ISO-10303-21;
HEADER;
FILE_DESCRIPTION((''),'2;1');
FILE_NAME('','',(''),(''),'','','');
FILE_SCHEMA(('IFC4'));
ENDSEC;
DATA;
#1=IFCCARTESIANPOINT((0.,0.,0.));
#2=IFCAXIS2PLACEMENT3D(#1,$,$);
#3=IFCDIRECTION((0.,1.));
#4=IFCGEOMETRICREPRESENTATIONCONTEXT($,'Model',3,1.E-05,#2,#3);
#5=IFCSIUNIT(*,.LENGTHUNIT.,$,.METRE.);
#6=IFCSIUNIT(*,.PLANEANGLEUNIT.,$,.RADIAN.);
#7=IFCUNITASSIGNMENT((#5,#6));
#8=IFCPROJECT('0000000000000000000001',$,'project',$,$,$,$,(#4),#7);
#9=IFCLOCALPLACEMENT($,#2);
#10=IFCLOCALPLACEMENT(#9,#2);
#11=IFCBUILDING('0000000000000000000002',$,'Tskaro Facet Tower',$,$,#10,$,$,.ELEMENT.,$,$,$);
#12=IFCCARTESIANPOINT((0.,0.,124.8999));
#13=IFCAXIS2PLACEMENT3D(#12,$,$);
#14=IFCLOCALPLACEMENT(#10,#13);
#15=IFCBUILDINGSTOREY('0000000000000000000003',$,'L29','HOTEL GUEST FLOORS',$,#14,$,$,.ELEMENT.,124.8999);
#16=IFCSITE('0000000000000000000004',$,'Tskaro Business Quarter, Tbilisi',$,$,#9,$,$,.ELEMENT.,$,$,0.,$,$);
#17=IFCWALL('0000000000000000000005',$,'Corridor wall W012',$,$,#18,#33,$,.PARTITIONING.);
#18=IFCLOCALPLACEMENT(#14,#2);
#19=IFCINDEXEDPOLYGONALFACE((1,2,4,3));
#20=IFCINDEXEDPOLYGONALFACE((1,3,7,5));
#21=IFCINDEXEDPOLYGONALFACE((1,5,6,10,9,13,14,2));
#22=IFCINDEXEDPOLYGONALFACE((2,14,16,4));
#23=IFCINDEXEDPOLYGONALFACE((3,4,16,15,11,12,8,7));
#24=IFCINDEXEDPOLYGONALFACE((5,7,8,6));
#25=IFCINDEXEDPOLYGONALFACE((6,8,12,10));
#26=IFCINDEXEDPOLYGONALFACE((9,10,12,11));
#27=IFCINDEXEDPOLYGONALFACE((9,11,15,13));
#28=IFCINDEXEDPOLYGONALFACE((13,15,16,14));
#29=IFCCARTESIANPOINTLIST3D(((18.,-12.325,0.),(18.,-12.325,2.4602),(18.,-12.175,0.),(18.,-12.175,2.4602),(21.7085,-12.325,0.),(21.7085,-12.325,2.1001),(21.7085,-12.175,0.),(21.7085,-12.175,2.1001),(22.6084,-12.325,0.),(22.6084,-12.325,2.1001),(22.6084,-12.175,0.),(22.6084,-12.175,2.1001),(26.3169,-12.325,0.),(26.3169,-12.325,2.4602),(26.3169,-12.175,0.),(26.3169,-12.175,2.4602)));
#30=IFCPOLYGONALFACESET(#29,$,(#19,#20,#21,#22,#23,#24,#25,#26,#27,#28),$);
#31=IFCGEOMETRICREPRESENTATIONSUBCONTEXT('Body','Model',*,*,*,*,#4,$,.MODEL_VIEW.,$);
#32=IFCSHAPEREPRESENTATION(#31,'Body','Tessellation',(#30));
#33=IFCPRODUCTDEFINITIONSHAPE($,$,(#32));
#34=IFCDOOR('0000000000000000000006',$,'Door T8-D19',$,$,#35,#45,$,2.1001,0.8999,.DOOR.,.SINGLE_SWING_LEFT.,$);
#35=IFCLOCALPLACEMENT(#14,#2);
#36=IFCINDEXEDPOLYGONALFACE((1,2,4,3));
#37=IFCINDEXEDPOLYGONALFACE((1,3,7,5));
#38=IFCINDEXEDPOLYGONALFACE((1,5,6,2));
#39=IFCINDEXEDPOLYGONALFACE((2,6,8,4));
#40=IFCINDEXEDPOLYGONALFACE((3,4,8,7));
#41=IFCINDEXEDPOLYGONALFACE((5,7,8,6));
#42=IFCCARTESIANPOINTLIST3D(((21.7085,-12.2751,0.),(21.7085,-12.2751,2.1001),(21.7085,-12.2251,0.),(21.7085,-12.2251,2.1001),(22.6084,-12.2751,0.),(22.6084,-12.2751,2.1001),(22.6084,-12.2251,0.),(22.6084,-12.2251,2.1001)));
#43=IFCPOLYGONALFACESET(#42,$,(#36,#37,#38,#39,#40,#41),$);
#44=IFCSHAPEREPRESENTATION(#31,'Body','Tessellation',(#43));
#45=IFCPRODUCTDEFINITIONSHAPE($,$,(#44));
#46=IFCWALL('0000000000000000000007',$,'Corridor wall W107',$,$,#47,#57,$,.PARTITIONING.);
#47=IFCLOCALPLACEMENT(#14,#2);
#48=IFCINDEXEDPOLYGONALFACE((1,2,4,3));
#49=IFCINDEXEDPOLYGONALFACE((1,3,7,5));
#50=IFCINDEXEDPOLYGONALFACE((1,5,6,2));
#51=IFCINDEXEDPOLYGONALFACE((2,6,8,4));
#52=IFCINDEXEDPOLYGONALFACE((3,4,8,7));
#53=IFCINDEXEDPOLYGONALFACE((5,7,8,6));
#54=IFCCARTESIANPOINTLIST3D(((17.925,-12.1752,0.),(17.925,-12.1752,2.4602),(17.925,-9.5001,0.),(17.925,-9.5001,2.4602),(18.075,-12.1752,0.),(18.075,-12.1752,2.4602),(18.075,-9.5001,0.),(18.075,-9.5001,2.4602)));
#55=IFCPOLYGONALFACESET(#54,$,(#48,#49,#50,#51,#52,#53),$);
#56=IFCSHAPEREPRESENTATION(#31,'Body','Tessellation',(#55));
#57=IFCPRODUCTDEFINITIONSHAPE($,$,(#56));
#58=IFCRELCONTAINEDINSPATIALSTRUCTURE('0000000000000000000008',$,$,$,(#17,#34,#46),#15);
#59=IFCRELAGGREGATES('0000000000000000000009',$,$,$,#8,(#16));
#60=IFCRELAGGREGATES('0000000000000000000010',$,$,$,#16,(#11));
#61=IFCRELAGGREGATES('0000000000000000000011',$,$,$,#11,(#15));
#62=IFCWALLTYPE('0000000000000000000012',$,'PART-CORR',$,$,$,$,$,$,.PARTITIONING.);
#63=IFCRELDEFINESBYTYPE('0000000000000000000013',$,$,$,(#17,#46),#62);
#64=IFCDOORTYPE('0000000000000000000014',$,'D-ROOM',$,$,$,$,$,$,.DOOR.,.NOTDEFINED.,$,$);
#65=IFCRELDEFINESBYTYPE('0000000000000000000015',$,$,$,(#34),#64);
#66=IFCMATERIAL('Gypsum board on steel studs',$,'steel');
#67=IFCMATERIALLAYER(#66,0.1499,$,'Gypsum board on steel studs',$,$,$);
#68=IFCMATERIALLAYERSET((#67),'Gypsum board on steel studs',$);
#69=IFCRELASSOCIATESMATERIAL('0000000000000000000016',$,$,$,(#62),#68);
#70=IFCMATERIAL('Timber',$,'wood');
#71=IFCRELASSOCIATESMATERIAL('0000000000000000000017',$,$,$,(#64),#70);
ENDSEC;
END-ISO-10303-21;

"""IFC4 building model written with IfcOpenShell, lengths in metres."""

from ifc_helpers import new_model, si_unit, direction, frame, frame_2d, origin, place, context, subcontext, project, spatial, rectangle, extrude, material, layer, layer_set, type_object, element, fill, save


model = new_model("IFC4")

# Units and contexts
model_context = context("Model", 3, precision=1e-05, world=origin(), true_north=direction((0.0, 1.0)))
body_context = subcontext(model_context, "Body", "Model", "MODEL_VIEW")
ifc_project = project(units=[si_unit("LENGTHUNIT", "METRE"), si_unit("PLANEANGLEUNIT", "RADIAN")], contexts=[model_context])

# Site, building, storey
site_placement = place(None, origin())
site = spatial("IfcSite", under=ifc_project, at=site_placement, Name="Tskaro Business Quarter, Tbilisi", CompositionType="ELEMENT", RefElevation=0.0)
building_placement = place(site_placement, origin())
building = spatial("IfcBuilding", under=site, at=building_placement, Name="Tskaro Facet Tower", CompositionType="ELEMENT")
storey_placement = place(building_placement, frame((0.0, 0.0, 124.8999)))
storey = spatial("IfcBuildingStorey", under=building, at=storey_placement, Name="L29", Description="HOTEL GUEST FLOORS", CompositionType="ELEMENT", Elevation=124.8999)

# Shared definitions
ifc_material_1 = material(Name="Gypsum board on steel studs", Category="steel")
ifc_layer_1 = layer(ifc_material_1, 0.1499, Name="Gypsum board on steel studs")
ifc_layer_set_1 = layer_set([ifc_layer_1], Name="Gypsum board on steel studs")
wall_type = type_object("IfcWallType", Name="PART-CORR", PredefinedType="PARTITIONING", material=ifc_layer_set_1)
ifc_material_2 = material(Name="Timber", Category="wood")

# Wall, opening, door
wall_1_placement = place(storey_placement, frame((18.0, -12.25, 0.0), z_axis=(0.0, 0.0, 1.0), x_axis=(1.0, 0.0, 0.0)))
wall_1 = element("IfcWall", 1, at=wall_1_placement, inside=storey, type_object=wall_type, Name="Corridor wall W012", PredefinedType="PARTITIONING", context=body_context, shape_type="SweptSolid", body=[
    extrude(rectangle(XDim=8.3169, YDim=0.1499, at=frame_2d((4.1584, 0.0))), origin(), (0.0, 0.0, 1.0), 2.4602),
])
opening_1_placement = place(wall_1_placement, frame((3.7085, 0.0, 0.0)))
opening_1 = element("IfcOpeningElement", 2, at=opening_1_placement, cuts=wall_1, PredefinedType="OPENING", context=body_context, shape_type="SweptSolid", body=[
    extrude(rectangle(XDim=0.8999, YDim=2.1001, at=frame_2d((0.45, 1.05))), frame((0.0, 0.085, 0.0), z_axis=(0.0, -1.0, 0.0), x_axis=(1.0, 0.0, 0.0)), (0.0, 0.0, 1.0), 0.1699),
])
door_type_1 = type_object("IfcDoorType", Name="D-ROOM", OperationType="NOTDEFINED", PredefinedType="DOOR", material=ifc_material_2)
door_1_placement = place(opening_1_placement, origin())
door_1 = element("IfcDoor", 3, at=door_1_placement, inside=storey, type_object=door_type_1, Name="Door T8-D19", OperationType="SINGLE_SWING_LEFT", OverallHeight=2.1001, OverallWidth=0.8999, PredefinedType="DOOR", context=body_context, shape_type="SweptSolid", body=[
    extrude(rectangle(XDim=0.8999, YDim=2.1001, at=frame_2d((0.45, 1.05))), frame((0.0, 0.0249, 0.0), z_axis=(0.0, -1.0, 0.0), x_axis=(1.0, 0.0, 0.0)), (0.0, 0.0, 1.0), 0.05),
])
fill(opening_1, door_1)

# Wall
wall_2_placement = place(storey_placement, frame((18.0, -12.175, 0.0), z_axis=(0.0, 0.0, 1.0), x_axis=(0.0, 1.0, 0.0)))
element("IfcWall", 4, at=wall_2_placement, inside=storey, type_object=wall_type, Name="Corridor wall W107", PredefinedType="PARTITIONING", context=body_context, shape_type="SweptSolid", body=[
    extrude(rectangle(XDim=2.675, YDim=0.1499, at=frame_2d((1.3374, 0.0))), origin(), (0.0, 0.0, 1.0), 2.4602),
])

save(model, "model.ifc")
